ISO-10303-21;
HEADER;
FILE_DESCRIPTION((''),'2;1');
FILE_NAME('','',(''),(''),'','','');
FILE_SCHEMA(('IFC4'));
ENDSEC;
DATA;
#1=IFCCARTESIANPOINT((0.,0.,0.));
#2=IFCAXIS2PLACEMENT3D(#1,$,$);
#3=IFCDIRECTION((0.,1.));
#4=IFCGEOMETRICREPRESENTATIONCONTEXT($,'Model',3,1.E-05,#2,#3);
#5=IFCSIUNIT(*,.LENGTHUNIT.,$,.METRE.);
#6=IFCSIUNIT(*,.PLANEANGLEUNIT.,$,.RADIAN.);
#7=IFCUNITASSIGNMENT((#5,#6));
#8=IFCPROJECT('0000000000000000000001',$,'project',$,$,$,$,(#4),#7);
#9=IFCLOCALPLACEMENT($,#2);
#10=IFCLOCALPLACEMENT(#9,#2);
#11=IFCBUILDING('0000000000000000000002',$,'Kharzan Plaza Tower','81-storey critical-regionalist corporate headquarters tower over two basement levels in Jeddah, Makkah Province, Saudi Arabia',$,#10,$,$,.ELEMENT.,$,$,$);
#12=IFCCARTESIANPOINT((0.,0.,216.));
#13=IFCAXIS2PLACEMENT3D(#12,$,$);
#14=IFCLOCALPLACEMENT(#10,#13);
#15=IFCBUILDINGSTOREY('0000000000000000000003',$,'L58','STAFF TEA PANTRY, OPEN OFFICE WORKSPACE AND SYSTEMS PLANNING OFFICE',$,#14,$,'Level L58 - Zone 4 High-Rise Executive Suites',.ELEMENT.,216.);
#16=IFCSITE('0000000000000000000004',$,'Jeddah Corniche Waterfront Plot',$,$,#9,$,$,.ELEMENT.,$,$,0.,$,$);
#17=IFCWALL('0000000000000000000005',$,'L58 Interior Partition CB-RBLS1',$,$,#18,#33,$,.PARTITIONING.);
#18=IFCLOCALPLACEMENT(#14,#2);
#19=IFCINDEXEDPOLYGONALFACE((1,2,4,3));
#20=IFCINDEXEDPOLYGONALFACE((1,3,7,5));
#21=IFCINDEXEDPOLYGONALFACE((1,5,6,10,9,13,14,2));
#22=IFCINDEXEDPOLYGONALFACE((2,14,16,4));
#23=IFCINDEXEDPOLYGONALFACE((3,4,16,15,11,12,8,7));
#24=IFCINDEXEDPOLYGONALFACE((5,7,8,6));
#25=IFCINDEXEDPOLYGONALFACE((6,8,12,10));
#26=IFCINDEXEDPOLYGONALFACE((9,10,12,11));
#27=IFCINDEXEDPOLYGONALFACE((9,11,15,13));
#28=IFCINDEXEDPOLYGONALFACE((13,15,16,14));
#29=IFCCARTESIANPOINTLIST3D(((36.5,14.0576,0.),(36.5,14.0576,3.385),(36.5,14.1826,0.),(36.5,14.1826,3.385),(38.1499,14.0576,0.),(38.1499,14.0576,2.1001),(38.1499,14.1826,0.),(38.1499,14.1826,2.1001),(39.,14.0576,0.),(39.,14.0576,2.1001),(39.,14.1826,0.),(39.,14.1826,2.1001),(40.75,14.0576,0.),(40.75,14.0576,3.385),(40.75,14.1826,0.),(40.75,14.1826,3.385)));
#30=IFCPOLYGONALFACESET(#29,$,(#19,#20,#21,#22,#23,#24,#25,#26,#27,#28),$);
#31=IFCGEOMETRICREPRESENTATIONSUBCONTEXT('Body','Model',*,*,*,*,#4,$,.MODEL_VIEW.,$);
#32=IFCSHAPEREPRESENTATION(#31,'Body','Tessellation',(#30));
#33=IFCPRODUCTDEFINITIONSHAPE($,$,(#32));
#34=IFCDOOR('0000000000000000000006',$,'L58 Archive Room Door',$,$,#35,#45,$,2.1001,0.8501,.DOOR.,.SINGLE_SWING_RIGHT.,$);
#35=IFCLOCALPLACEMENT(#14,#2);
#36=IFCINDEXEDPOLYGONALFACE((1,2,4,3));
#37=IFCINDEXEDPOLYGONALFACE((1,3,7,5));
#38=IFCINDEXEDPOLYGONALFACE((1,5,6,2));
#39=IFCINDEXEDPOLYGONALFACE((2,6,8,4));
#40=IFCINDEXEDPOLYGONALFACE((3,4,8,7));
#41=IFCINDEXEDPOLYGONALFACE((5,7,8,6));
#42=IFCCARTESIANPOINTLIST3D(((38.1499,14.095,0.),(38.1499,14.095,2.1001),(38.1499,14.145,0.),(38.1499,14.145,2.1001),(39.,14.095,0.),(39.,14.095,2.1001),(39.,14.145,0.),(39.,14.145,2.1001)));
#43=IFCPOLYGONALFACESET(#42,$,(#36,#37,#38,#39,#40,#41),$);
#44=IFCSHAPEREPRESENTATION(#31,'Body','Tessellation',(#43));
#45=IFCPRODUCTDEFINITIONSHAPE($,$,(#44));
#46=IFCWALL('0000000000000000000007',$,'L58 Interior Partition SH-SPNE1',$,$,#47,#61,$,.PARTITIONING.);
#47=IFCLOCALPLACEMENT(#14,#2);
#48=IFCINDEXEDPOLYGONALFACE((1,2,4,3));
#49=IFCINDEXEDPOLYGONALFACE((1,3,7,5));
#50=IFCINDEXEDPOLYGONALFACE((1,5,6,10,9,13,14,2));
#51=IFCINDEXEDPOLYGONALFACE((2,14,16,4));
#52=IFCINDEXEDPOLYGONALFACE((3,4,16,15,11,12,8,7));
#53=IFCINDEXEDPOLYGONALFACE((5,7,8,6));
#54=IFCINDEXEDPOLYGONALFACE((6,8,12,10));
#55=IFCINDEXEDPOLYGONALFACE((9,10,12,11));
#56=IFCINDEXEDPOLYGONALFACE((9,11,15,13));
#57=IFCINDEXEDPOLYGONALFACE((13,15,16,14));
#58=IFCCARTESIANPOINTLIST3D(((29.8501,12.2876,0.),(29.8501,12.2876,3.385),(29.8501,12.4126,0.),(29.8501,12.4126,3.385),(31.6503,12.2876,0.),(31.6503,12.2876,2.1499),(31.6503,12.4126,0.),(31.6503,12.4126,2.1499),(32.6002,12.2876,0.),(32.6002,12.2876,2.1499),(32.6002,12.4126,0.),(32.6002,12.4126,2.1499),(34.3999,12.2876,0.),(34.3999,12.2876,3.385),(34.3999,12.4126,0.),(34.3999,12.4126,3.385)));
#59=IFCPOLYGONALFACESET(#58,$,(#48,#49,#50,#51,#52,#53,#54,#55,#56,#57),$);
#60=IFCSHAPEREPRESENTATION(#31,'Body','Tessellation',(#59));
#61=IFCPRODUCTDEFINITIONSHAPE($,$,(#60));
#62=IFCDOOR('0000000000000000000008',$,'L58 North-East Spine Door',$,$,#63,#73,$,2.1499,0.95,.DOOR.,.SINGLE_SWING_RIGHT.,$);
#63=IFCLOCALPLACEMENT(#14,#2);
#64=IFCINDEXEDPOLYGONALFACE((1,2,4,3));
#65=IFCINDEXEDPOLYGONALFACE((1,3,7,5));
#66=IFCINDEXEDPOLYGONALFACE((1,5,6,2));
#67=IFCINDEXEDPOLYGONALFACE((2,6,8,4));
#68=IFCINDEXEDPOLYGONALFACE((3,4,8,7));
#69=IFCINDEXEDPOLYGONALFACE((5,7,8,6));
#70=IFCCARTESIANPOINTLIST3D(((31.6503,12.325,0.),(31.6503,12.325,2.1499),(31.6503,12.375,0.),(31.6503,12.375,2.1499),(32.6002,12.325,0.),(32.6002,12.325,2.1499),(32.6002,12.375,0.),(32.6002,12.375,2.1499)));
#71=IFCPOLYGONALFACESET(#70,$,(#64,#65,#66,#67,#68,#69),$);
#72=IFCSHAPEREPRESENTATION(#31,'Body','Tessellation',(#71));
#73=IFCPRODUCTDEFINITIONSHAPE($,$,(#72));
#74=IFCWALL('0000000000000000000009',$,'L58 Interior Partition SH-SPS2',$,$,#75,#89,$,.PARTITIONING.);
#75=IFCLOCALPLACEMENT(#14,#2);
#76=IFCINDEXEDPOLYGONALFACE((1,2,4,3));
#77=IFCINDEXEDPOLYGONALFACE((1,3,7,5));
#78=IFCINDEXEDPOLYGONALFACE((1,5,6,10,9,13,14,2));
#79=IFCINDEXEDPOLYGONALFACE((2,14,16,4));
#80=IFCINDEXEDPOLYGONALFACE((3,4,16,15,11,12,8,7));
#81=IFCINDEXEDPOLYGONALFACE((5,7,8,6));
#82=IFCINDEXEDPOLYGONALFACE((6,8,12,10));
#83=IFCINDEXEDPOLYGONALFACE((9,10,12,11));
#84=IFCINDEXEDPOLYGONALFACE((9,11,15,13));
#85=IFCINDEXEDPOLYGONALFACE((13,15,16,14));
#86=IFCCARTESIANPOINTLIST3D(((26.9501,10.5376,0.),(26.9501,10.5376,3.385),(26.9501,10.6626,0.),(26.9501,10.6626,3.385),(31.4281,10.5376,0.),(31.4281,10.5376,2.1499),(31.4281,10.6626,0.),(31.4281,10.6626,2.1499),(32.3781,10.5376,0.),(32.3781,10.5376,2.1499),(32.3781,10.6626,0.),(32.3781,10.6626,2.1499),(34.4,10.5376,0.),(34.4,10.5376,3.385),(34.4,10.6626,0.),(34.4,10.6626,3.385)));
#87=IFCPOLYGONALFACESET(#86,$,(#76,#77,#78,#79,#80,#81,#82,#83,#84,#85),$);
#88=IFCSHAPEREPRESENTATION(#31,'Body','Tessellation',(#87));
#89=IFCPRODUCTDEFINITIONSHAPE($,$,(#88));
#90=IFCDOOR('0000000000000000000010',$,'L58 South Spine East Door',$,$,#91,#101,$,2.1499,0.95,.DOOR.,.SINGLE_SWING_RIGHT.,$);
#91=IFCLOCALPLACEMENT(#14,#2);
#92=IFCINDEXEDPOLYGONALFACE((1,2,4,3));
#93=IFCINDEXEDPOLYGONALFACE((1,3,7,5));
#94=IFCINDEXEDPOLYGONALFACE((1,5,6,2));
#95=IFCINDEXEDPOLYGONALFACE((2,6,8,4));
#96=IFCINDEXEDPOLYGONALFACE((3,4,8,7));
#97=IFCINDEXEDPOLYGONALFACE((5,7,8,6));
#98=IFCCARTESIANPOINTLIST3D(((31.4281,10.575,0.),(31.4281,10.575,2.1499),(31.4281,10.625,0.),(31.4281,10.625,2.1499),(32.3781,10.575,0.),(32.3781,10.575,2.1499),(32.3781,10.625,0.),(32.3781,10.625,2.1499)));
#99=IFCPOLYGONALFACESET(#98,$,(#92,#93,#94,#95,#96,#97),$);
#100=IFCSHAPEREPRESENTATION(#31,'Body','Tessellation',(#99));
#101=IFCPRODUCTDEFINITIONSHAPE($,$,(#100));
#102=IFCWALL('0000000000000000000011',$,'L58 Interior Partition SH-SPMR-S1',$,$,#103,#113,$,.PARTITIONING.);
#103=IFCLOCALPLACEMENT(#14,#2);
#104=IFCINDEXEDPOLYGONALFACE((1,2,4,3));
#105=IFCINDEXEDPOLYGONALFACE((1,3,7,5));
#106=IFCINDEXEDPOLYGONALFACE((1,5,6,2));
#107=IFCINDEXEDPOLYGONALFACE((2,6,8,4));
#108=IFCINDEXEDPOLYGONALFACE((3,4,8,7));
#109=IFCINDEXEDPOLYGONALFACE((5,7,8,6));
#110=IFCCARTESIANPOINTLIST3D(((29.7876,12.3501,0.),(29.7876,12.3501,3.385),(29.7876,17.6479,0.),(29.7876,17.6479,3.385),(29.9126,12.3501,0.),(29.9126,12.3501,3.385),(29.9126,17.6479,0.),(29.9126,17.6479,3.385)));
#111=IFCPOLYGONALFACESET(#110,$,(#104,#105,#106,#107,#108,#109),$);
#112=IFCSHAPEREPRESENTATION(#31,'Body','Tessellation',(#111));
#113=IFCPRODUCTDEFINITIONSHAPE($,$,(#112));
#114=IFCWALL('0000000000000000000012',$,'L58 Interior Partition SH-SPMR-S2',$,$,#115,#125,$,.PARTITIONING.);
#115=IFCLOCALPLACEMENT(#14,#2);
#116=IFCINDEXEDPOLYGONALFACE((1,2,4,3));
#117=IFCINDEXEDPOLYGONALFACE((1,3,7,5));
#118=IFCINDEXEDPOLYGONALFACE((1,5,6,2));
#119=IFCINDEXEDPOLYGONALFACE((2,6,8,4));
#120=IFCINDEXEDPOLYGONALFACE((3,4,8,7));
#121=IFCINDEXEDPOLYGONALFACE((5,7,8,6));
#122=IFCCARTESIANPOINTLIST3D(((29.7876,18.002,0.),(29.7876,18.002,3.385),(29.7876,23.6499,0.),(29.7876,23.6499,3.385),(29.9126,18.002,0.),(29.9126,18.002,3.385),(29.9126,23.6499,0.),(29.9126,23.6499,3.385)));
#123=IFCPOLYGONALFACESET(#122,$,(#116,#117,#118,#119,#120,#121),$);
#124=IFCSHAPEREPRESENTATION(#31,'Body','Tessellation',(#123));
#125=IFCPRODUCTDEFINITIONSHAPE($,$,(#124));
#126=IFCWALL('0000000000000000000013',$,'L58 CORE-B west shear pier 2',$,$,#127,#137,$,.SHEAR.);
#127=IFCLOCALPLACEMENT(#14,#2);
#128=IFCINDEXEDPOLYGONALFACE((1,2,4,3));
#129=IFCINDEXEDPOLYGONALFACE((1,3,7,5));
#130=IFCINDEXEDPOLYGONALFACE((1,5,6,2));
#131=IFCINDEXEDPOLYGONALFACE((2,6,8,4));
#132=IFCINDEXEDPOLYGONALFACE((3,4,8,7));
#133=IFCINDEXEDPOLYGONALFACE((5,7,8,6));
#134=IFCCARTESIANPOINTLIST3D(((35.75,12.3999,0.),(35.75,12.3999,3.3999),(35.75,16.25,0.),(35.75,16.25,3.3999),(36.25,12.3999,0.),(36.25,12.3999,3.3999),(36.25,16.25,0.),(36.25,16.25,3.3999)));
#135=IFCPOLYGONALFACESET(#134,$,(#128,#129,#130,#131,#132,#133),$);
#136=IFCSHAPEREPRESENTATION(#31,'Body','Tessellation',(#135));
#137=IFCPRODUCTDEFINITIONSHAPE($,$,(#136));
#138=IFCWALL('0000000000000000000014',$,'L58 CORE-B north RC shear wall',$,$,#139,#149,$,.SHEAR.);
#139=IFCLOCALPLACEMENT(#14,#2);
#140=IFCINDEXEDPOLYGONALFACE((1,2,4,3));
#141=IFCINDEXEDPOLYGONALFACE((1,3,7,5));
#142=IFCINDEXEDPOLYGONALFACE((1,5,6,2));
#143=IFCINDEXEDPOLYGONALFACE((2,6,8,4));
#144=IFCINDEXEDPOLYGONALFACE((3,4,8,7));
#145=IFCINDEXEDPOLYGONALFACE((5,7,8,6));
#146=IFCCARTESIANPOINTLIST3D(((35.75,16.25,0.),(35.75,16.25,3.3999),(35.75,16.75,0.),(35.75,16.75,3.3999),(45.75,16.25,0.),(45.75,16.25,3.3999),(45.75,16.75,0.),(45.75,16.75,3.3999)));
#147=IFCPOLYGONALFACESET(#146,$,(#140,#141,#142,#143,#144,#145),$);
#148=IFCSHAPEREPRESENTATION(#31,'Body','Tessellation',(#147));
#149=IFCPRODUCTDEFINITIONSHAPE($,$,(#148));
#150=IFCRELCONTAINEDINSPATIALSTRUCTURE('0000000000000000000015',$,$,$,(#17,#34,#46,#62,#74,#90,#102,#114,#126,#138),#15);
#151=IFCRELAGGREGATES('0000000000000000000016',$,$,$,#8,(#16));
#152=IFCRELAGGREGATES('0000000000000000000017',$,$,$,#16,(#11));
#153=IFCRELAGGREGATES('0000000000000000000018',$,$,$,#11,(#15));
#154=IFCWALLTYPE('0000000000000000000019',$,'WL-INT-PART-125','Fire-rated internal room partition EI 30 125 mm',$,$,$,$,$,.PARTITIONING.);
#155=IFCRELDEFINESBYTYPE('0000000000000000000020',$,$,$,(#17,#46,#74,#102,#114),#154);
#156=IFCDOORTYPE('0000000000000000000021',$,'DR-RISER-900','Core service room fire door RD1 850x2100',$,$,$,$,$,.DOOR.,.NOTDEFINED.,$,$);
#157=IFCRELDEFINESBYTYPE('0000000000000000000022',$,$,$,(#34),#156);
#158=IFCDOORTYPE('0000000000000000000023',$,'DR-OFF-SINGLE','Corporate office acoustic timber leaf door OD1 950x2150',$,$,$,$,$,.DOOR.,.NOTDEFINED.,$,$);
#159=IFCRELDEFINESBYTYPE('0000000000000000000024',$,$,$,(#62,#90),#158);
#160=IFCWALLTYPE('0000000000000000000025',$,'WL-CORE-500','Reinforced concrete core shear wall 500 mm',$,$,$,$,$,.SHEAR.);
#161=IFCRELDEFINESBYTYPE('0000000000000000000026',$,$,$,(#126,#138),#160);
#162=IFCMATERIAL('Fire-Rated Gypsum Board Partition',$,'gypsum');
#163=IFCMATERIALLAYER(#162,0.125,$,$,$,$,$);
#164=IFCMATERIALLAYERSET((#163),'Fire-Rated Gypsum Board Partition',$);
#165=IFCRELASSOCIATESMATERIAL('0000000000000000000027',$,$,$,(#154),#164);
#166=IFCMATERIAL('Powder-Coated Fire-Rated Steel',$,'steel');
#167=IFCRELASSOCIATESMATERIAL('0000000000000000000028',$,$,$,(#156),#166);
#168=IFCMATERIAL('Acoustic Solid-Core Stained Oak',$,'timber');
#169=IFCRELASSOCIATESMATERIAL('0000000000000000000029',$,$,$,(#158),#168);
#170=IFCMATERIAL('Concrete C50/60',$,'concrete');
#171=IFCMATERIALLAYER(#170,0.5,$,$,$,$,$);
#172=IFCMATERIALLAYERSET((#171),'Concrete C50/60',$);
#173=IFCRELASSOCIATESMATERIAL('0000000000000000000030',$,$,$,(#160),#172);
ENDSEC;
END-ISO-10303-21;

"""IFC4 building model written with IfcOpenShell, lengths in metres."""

from ifc_helpers import new_model, si_unit, direction, frame, frame_2d, origin, place, context, subcontext, project, spatial, rectangle, extrude, source, transform, mapped, material, layer, layer_set, type_object, element, fill, save


model = new_model("IFC4")

# Units and contexts
model_context = context("Model", 3, precision=1e-05, world=origin(), true_north=direction((0.0, 1.0)))
body_context = subcontext(model_context, "Body", "Model", "MODEL_VIEW")
ifc_project = project(units=[si_unit("LENGTHUNIT", "METRE"), si_unit("PLANEANGLEUNIT", "RADIAN")], contexts=[model_context])

# Site, building, storey
site_placement = place(None, origin())
site = spatial("IfcSite", under=ifc_project, at=site_placement, Name="Jeddah Corniche Waterfront Plot", CompositionType="ELEMENT", RefElevation=0.0)
building_placement = place(site_placement, origin())
building = spatial("IfcBuilding", under=site, at=building_placement, Name="Kharzan Plaza Tower", Description="81-storey critical-regionalist corporate headquarters tower over two basement levels in Jeddah, Makkah Province, Saudi Arabia", CompositionType="ELEMENT")
storey_placement = place(building_placement, frame((0.0, 0.0, 216.0)))
storey = spatial("IfcBuildingStorey", under=building, at=storey_placement, Name="L58", Description="STAFF TEA PANTRY, OPEN OFFICE WORKSPACE AND SYSTEMS PLANNING OFFICE", LongName="Level L58 - Zone 4 High-Rise Executive Suites", CompositionType="ELEMENT", Elevation=216.0)

# Shared definitions
ifc_material_1 = material(Name="Concrete C50/60", Category="concrete")

# Walls, openings, doors
ifc_material_2 = material(Name="Fire-Rated Gypsum Board Partition", Category="gypsum")
ifc_layer_1 = layer(ifc_material_2, 0.125)
ifc_layer_set_1 = layer_set([ifc_layer_1], Name="Fire-Rated Gypsum Board Partition")
wall_type_1 = type_object("IfcWallType", Name="WL-INT-PART-125", Description="Fire-rated internal room partition EI 30 125 mm", PredefinedType="PARTITIONING", material=ifc_layer_set_1)
wall_1_placement = place(storey_placement, frame((36.5, 14.1201, 0.0), z_axis=(0.0, 0.0, 1.0), x_axis=(1.0, 0.0, 0.0)))
wall_1 = element("IfcWall", 1, at=wall_1_placement, inside=storey, type_object=wall_type_1, Name="L58 Interior Partition CB-RBLS1", PredefinedType="PARTITIONING", context=body_context, shape_type="SweptSolid", body=[
    extrude(rectangle(XDim=4.25, YDim=0.125, at=frame_2d((2.125, 0.0))), origin(), (0.0, 0.0, 1.0), 3.385),
])
opening_1_placement = place(wall_1_placement, frame((1.6499, 0.0, 0.0)))
opening_1 = element("IfcOpeningElement", 2, at=opening_1_placement, cuts=wall_1, PredefinedType="OPENING", context=body_context, shape_type="SweptSolid", body=[
    extrude(rectangle(XDim=0.8501, YDim=2.1001, at=frame_2d((0.425, 1.05))), frame((0.0, 0.0725, 0.0), z_axis=(0.0, -1.0, 0.0), x_axis=(1.0, 0.0, 0.0)), (0.0, 0.0, 1.0), 0.145),
])
ifc_material_3 = material(Name="Powder-Coated Fire-Rated Steel", Category="steel")
door_type_1 = type_object("IfcDoorType", Name="DR-RISER-900", Description="Core service room fire door RD1 850x2100", OperationType="NOTDEFINED", PredefinedType="DOOR", material=ifc_material_3)
shared_shape_1 = source(origin(), body_context, "Body", "SweptSolid", [
    extrude(rectangle(XDim=0.8501, YDim=2.1001, at=frame_2d((0.425, 1.05))), frame((0.0, 0.0249, 0.0), z_axis=(0.0, -1.0, 0.0), x_axis=(1.0, 0.0, 0.0)), (0.0, 0.0, 1.0), 0.05),
])
door_1_placement = place(opening_1_placement, origin())
door_1 = element("IfcDoor", 3, at=door_1_placement, inside=storey, type_object=door_type_1, Name="L58 Archive Room Door", OperationType="SINGLE_SWING_RIGHT", OverallHeight=2.1001, OverallWidth=0.8501, PredefinedType="DOOR", context=body_context, shape_type="MappedRepresentation", body=[
    mapped(shared_shape_1, transform((0.0, 0.0, 0.0), x_axis=(1.0, 0.0, 0.0), y_axis=(0.0, 1.0, 0.0), z_axis=(0.0, 0.0, 1.0))),
])
fill(opening_1, door_1)
wall_2_placement = place(storey_placement, frame((29.8501, 12.3501, 0.0), z_axis=(0.0, 0.0, 1.0), x_axis=(1.0, 0.0, 0.0)))
wall_2 = element("IfcWall", 4, at=wall_2_placement, inside=storey, type_object=wall_type_1, Name="L58 Interior Partition SH-SPNE1", PredefinedType="PARTITIONING", context=body_context, shape_type="SweptSolid", body=[
    extrude(rectangle(XDim=4.5498, YDim=0.125, at=frame_2d((2.2749, 0.0))), origin(), (0.0, 0.0, 1.0), 3.385),
])
opening_2_placement = place(wall_2_placement, frame((1.8, 0.0, 0.0)))
opening_2 = element("IfcOpeningElement", 5, at=opening_2_placement, cuts=wall_2, PredefinedType="OPENING", context=body_context, shape_type="SweptSolid", body=[
    extrude(rectangle(XDim=0.95, YDim=2.1499, at=frame_2d((0.4751, 1.075))), frame((0.0, 0.0725, 0.0), z_axis=(0.0, -1.0, 0.0), x_axis=(1.0, 0.0, 0.0)), (0.0, 0.0, 1.0), 0.145),
])
ifc_material_4 = material(Name="Acoustic Solid-Core Stained Oak", Category="timber")
door_type_2 = type_object("IfcDoorType", Name="DR-OFF-SINGLE", Description="Corporate office acoustic timber leaf door OD1 950x2150", OperationType="NOTDEFINED", PredefinedType="DOOR", material=ifc_material_4)
shared_shape_2 = source(origin(), body_context, "Body", "SweptSolid", [
    extrude(rectangle(XDim=0.95, YDim=2.1499, at=frame_2d((0.4751, 1.075))), frame((0.0, 0.0249, 0.0), z_axis=(0.0, -1.0, 0.0), x_axis=(1.0, 0.0, 0.0)), (0.0, 0.0, 1.0), 0.05),
])
door_2_placement = place(opening_2_placement, origin())
door_2 = element("IfcDoor", 6, at=door_2_placement, inside=storey, type_object=door_type_2, Name="L58 North-East Spine Door", OperationType="SINGLE_SWING_RIGHT", OverallHeight=2.1499, OverallWidth=0.95, PredefinedType="DOOR", context=body_context, shape_type="MappedRepresentation", body=[
    mapped(shared_shape_2, transform((0.0, 0.0, 0.0), x_axis=(1.0, 0.0, 0.0), y_axis=(0.0, 1.0, 0.0), z_axis=(0.0, 0.0, 1.0))),
])
fill(opening_2, door_2)
wall_3_placement = place(storey_placement, frame((26.95, 10.6001, 0.0), z_axis=(0.0, 0.0, 1.0), x_axis=(1.0, 0.0, 0.0)))
wall_3 = element("IfcWall", 7, at=wall_3_placement, inside=storey, type_object=wall_type_1, Name="L58 Interior Partition SH-SPS2", PredefinedType="PARTITIONING", context=body_context, shape_type="SweptSolid", body=[
    extrude(rectangle(XDim=7.45, YDim=0.125, at=frame_2d((3.7251, 0.0))), origin(), (0.0, 0.0, 1.0), 3.385),
])
opening_3_placement = place(wall_3_placement, frame((4.478, 0.0, 0.0)))
opening_3 = element("IfcOpeningElement", 8, at=opening_3_placement, cuts=wall_3, PredefinedType="OPENING", context=body_context, shape_type="SweptSolid", body=[
    extrude(rectangle(XDim=0.95, YDim=2.1499, at=frame_2d((0.4751, 1.075))), frame((0.0, 0.0725, 0.0), z_axis=(0.0, -1.0, 0.0), x_axis=(1.0, 0.0, 0.0)), (0.0, 0.0, 1.0), 0.145),
])
door_3_placement = place(opening_3_placement, origin())
door_3 = element("IfcDoor", 9, at=door_3_placement, inside=storey, type_object=door_type_2, Name="L58 South Spine East Door", OperationType="SINGLE_SWING_RIGHT", OverallHeight=2.1499, OverallWidth=0.95, PredefinedType="DOOR", context=body_context, shape_type="MappedRepresentation", body=[
    mapped(shared_shape_2, transform((0.0, 0.0, 0.0), x_axis=(1.0, 0.0, 0.0), y_axis=(0.0, 1.0, 0.0), z_axis=(0.0, 0.0, 1.0))),
])
fill(opening_3, door_3)

# Walls
shared_shape_3 = source(origin(), body_context, "Body", "SweptSolid", [
    extrude(rectangle(XDim=5.2979, YDim=0.125, at=frame_2d((2.6489, 0.0))), origin(), (0.0, 0.0, 1.0), 3.385),
])
wall_4_placement = place(storey_placement, frame((29.8501, 12.3501, 0.0), z_axis=(0.0, 0.0, 1.0), x_axis=(0.0, 1.0, 0.0)))
element("IfcWall", 10, at=wall_4_placement, inside=storey, type_object=wall_type_1, Name="L58 Interior Partition SH-SPMR-S1", PredefinedType="PARTITIONING", context=body_context, shape_type="MappedRepresentation", body=[
    mapped(shared_shape_3, transform((0.0, 0.0, 0.0), x_axis=(1.0, 0.0, 0.0), y_axis=(0.0, 1.0, 0.0), z_axis=(0.0, 0.0, 1.0))),
])
shared_shape_4 = source(origin(), body_context, "Body", "SweptSolid", [
    extrude(rectangle(XDim=5.6479, YDim=0.125, at=frame_2d((2.824, 0.0))), origin(), (0.0, 0.0, 1.0), 3.385),
])
wall_5_placement = place(storey_placement, frame((29.8501, 18.002, 0.0), z_axis=(0.0, 0.0, 1.0), x_axis=(0.0, 1.0, 0.0)))
element("IfcWall", 11, at=wall_5_placement, inside=storey, type_object=wall_type_1, Name="L58 Interior Partition SH-SPMR-S2", PredefinedType="PARTITIONING", context=body_context, shape_type="MappedRepresentation", body=[
    mapped(shared_shape_4, transform((0.0, 0.0, 0.0), x_axis=(1.0, 0.0, 0.0), y_axis=(0.0, 1.0, 0.0), z_axis=(0.0, 0.0, 1.0))),
])
ifc_layer_2 = layer(ifc_material_1, 0.5)
ifc_layer_set_2 = layer_set([ifc_layer_2], Name="Concrete C50/60")
wall_type_2 = type_object("IfcWallType", Name="WL-CORE-500", Description="Reinforced concrete core shear wall 500 mm", PredefinedType="SHEAR", material=ifc_layer_set_2)
shared_shape_5 = source(origin(), body_context, "Body", "SweptSolid", [
    extrude(rectangle(XDim=3.8501, YDim=0.5, at=frame_2d((1.925, 0.0))), origin(), (0.0, 0.0, 1.0), 3.3999),
])
wall_6_placement = place(storey_placement, frame((36.0, 12.3999, 0.0), z_axis=(0.0, 0.0, 1.0), x_axis=(0.0, 1.0, 0.0)))
element("IfcWall", 12, at=wall_6_placement, inside=storey, type_object=wall_type_2, Name="L58 CORE-B west shear pier 2", PredefinedType="SHEAR", context=body_context, shape_type="MappedRepresentation", body=[
    mapped(shared_shape_5, transform((0.0, 0.0, 0.0), x_axis=(1.0, 0.0, 0.0), y_axis=(0.0, 1.0, 0.0), z_axis=(0.0, 0.0, 1.0))),
])
shared_shape_6 = source(origin(), body_context, "Body", "SweptSolid", [
    extrude(rectangle(XDim=10.0, YDim=0.5, at=frame_2d((5.0, 0.0))), origin(), (0.0, 0.0, 1.0), 3.3999),
])
wall_7_placement = place(storey_placement, frame((35.75, 16.5, 0.0), z_axis=(0.0, 0.0, 1.0), x_axis=(1.0, 0.0, 0.0)))
element("IfcWall", 13, at=wall_7_placement, inside=storey, type_object=wall_type_2, Name="L58 CORE-B north RC shear wall", PredefinedType="SHEAR", context=body_context, shape_type="MappedRepresentation", body=[
    mapped(shared_shape_6, transform((0.0, 0.0, 0.0), x_axis=(1.0, 0.0, 0.0), y_axis=(0.0, 1.0, 0.0), z_axis=(0.0, 0.0, 1.0))),
])

save(model, "model.ifc")
